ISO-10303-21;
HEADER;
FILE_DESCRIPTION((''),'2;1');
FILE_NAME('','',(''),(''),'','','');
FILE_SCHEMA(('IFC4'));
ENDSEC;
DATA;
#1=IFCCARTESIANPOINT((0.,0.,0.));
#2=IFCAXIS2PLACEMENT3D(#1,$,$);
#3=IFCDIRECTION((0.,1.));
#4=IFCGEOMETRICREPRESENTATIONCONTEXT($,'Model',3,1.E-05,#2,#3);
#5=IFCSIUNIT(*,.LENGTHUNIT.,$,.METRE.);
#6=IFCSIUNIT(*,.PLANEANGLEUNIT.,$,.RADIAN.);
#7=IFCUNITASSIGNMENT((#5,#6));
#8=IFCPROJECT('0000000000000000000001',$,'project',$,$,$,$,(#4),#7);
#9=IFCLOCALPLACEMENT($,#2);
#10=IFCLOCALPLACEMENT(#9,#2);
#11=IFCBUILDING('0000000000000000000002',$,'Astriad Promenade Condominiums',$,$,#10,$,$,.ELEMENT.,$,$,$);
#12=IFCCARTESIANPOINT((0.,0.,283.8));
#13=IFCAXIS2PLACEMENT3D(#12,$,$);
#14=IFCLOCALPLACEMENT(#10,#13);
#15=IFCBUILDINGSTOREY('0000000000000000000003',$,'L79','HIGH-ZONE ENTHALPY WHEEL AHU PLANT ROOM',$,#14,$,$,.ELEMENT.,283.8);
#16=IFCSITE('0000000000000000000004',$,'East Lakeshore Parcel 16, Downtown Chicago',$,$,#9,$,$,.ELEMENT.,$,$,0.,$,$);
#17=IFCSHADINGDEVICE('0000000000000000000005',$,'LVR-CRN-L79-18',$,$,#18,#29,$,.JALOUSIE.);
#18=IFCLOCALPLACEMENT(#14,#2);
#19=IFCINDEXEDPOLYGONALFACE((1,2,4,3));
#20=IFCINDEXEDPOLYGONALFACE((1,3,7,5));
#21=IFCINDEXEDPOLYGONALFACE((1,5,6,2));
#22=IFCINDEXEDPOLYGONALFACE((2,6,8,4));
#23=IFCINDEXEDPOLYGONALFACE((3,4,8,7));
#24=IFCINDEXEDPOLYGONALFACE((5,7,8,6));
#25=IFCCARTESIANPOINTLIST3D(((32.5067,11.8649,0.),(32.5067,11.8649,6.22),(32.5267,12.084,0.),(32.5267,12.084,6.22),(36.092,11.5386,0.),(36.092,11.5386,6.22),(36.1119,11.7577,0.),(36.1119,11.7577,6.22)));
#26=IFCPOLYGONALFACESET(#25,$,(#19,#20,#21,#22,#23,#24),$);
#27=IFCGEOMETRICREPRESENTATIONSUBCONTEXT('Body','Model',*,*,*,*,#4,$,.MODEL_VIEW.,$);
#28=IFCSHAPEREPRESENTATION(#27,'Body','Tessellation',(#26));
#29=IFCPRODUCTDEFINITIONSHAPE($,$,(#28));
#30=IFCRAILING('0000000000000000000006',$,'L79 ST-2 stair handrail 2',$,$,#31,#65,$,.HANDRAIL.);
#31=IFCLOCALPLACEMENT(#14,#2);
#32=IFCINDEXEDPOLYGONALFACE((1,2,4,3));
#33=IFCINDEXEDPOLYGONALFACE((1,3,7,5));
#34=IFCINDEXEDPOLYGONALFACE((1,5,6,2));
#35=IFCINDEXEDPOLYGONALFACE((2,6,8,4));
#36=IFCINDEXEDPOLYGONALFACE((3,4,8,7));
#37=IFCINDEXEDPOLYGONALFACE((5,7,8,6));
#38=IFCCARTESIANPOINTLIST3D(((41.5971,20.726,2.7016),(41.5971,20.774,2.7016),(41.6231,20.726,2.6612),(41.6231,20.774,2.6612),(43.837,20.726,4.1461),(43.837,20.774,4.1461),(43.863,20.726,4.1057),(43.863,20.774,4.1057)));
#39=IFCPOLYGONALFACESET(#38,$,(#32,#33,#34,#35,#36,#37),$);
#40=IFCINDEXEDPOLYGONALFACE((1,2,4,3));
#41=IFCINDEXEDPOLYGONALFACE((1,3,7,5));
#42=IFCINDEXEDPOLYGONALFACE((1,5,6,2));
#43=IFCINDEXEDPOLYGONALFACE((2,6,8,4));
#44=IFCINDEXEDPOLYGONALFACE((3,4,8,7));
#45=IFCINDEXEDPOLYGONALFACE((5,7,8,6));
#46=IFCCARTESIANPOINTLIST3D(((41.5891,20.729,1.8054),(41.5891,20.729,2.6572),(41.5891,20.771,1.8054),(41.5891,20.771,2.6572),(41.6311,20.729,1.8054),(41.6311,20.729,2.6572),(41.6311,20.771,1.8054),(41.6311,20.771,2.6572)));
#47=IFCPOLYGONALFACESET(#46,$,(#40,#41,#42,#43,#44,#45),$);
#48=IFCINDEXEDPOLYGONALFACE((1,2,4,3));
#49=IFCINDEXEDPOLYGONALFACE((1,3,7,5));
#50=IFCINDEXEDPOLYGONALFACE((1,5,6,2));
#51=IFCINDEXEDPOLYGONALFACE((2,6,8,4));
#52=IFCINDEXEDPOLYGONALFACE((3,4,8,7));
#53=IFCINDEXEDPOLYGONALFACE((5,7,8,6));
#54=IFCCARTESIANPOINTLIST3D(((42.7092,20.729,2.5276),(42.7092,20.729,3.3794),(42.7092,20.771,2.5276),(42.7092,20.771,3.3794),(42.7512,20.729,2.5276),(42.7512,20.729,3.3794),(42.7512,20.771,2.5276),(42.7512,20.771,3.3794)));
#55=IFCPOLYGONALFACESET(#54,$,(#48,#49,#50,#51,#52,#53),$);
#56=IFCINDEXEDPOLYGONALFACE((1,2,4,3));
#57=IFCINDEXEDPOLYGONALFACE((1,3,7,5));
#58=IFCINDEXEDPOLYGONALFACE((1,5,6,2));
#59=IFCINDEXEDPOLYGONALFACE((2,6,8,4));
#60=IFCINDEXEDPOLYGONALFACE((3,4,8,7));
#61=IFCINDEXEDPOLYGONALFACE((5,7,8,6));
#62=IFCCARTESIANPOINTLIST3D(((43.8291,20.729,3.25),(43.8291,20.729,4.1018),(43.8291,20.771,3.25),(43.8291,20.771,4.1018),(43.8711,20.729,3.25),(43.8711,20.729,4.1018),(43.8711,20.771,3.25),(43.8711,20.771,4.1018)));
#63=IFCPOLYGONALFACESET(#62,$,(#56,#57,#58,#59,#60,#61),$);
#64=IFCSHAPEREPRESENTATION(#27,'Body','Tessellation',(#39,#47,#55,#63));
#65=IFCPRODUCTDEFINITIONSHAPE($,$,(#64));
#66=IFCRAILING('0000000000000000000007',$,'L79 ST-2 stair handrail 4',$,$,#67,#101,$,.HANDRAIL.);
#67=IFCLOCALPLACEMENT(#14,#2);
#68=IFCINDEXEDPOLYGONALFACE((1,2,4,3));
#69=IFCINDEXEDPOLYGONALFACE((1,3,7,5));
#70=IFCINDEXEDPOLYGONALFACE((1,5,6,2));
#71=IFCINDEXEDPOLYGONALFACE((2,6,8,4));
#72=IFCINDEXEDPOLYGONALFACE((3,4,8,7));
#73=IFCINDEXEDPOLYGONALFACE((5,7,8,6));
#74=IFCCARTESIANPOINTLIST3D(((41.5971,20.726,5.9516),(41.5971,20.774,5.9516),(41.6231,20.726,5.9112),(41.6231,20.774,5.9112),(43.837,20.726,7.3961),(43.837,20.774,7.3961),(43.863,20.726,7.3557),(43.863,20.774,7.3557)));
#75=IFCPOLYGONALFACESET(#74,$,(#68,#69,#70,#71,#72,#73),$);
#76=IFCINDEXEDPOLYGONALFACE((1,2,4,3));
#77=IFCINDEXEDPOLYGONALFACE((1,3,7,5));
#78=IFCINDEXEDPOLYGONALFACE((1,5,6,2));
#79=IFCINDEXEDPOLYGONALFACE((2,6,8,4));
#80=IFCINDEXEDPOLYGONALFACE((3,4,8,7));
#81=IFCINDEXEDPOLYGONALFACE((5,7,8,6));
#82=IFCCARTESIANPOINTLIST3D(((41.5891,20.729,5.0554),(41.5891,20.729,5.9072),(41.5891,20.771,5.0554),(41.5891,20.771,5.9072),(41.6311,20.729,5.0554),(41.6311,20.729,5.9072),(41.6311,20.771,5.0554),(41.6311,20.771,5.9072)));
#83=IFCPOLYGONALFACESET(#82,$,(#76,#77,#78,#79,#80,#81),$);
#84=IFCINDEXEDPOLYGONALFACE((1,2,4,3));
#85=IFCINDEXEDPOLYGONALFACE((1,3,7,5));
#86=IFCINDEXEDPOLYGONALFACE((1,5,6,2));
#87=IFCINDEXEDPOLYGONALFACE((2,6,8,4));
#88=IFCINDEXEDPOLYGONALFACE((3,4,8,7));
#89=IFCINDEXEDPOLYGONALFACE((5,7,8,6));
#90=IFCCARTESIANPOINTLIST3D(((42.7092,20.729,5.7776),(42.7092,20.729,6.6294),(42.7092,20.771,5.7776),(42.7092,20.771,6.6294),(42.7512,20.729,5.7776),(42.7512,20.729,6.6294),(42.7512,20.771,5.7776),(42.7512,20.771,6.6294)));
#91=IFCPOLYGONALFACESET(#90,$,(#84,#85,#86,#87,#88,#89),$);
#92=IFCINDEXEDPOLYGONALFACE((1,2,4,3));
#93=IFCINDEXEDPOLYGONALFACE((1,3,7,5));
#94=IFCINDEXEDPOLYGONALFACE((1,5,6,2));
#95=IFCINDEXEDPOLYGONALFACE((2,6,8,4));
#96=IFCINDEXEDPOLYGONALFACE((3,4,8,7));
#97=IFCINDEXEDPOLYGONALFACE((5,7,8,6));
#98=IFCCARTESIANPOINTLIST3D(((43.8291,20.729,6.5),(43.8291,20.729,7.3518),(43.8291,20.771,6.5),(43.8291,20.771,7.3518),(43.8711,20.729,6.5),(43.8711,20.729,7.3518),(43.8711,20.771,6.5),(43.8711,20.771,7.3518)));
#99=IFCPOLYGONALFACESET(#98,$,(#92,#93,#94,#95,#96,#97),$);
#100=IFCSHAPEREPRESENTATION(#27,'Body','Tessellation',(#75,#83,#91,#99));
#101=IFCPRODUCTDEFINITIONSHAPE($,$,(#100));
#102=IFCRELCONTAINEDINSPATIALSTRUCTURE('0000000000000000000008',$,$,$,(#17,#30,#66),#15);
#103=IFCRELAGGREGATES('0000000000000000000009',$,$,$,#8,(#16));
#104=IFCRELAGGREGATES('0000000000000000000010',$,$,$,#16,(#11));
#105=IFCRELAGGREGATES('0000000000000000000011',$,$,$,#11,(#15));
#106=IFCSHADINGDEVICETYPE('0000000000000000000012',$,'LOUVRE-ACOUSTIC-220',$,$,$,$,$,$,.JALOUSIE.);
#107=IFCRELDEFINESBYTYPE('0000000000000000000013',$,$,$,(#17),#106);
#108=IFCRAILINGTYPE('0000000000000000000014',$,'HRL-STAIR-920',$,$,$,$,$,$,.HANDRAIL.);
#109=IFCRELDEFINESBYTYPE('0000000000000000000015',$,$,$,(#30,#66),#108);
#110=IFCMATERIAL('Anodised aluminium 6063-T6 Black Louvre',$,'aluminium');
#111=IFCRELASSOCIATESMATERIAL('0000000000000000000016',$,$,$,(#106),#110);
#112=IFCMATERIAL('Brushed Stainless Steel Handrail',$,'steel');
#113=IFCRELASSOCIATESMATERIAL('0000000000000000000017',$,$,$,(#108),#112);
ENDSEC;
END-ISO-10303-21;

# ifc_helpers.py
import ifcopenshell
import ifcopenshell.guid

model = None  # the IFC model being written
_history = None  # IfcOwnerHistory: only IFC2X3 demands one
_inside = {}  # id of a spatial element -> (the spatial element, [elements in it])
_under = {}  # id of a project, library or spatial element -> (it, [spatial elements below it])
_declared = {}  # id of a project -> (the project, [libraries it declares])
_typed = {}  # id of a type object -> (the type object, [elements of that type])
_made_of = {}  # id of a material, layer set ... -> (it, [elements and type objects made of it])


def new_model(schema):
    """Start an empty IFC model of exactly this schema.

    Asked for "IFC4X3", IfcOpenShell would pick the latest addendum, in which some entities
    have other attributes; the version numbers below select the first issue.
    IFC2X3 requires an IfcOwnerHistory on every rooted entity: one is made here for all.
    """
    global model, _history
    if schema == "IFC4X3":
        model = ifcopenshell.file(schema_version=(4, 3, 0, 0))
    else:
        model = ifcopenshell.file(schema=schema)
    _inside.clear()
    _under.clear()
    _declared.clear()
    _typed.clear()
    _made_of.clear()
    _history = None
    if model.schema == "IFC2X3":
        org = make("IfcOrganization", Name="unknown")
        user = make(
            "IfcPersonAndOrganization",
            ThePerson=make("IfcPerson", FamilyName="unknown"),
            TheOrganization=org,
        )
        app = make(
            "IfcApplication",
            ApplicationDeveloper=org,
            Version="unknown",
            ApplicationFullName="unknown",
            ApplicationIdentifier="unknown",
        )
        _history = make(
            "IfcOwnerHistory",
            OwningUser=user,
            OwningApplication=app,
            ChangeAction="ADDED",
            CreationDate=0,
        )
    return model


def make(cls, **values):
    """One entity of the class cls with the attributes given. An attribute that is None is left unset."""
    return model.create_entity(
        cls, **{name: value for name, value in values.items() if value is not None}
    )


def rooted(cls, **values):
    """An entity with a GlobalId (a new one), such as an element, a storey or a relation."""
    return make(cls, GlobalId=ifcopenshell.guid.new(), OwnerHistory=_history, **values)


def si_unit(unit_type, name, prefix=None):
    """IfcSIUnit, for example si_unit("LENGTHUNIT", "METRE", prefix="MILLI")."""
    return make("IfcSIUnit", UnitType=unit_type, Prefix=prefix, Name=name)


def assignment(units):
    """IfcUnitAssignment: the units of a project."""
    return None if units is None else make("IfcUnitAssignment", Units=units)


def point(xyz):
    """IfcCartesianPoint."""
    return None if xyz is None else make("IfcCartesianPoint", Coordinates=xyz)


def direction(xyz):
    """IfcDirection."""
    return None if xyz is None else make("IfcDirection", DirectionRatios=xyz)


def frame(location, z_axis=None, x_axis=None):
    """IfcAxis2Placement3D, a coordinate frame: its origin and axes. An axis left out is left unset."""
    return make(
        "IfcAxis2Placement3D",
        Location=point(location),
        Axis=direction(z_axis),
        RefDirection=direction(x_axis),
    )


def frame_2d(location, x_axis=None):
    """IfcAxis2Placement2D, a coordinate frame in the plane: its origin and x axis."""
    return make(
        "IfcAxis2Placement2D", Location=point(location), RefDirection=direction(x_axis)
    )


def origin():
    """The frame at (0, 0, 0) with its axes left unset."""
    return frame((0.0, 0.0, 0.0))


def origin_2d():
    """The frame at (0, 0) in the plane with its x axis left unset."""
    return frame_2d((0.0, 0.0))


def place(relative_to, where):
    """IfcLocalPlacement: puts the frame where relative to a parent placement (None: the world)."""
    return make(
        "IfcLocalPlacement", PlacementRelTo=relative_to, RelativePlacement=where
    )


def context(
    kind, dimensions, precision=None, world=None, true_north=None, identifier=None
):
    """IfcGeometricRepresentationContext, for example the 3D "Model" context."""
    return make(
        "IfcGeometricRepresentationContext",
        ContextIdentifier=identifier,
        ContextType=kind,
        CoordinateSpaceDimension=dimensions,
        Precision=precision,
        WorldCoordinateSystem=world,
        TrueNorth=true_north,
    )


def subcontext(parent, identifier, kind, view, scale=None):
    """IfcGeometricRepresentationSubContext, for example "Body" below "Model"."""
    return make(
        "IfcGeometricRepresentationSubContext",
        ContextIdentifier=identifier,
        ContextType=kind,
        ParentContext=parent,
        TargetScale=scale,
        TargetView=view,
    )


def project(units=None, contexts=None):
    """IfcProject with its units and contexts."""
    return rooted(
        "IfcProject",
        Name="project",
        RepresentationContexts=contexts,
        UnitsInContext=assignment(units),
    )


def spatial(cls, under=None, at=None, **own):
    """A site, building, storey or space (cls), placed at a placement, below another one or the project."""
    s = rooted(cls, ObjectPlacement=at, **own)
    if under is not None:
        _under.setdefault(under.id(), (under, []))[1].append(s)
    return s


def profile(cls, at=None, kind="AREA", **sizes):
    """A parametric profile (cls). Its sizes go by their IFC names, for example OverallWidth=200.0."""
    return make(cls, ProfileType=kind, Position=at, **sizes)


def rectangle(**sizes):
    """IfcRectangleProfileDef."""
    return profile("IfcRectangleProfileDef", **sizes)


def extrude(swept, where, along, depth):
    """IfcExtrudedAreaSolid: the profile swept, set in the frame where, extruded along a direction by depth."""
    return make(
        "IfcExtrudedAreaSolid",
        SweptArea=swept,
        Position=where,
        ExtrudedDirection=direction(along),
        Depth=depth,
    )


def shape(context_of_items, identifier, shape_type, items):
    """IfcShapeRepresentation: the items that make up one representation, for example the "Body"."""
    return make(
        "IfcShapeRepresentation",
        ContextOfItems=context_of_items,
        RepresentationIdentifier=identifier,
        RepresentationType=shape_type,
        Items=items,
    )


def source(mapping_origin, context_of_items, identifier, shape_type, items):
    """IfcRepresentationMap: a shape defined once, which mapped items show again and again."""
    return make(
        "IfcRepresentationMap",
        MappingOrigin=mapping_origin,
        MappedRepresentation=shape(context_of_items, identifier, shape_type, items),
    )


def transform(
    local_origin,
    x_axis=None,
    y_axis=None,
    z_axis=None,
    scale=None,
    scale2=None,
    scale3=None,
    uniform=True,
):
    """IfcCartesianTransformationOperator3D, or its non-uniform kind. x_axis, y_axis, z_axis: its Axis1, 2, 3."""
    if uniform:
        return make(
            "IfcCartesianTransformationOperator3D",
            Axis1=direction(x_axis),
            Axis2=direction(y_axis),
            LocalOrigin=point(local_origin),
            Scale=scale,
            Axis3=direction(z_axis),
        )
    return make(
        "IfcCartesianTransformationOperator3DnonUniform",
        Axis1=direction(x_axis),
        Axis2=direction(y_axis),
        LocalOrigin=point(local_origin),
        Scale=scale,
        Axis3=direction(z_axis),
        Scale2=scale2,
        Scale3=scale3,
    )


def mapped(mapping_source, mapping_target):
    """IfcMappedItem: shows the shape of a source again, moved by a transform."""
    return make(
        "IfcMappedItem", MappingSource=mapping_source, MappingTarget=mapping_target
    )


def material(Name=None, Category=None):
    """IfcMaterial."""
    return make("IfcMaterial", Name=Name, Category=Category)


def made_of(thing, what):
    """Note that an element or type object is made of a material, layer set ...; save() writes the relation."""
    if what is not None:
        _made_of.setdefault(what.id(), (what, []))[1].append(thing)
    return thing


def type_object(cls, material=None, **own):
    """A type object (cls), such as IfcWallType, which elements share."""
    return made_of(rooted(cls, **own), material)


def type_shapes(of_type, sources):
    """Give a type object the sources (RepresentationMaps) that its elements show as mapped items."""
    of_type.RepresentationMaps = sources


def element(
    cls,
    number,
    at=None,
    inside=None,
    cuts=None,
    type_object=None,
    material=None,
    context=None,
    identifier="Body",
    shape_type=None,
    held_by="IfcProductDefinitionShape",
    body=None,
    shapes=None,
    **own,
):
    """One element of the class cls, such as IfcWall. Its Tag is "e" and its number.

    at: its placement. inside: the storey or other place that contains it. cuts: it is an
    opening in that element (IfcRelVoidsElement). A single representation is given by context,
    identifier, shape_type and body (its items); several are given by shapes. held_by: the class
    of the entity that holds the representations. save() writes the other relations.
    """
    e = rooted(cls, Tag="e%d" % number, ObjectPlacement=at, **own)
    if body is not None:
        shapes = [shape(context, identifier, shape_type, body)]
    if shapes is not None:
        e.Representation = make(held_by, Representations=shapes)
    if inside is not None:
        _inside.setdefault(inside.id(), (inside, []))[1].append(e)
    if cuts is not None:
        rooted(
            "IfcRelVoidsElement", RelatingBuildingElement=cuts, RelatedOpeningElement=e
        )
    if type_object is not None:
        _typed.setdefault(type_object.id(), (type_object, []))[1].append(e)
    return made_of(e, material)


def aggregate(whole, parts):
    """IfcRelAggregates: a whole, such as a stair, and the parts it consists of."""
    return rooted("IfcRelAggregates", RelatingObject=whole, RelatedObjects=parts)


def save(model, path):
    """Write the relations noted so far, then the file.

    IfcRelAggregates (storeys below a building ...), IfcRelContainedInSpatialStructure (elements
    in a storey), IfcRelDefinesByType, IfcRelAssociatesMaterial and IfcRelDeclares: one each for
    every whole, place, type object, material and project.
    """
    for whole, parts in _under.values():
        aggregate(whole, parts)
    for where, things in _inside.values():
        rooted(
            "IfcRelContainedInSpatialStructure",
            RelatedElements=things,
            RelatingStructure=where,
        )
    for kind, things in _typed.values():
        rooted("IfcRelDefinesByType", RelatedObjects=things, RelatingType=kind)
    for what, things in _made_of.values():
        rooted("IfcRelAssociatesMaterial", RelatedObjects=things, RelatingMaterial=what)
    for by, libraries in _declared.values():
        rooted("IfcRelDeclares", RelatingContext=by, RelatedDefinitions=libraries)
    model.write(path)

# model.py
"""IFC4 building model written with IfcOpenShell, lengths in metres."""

from ifc_helpers import new_model, si_unit, direction, frame, origin, origin_2d, place, context, subcontext, project, spatial, rectangle, extrude, source, transform, mapped, material, type_object, type_shapes, element, save


model = new_model("IFC4")

# Units and contexts
model_context = context("Model", 3, precision=1e-05, world=origin(), true_north=direction((0.0, 1.0)))
body_context = subcontext(model_context, "Body", "Model", "MODEL_VIEW")
ifc_project = project(units=[si_unit("LENGTHUNIT", "METRE"), si_unit("PLANEANGLEUNIT", "RADIAN")], contexts=[model_context])

# Site, building, storey
site_placement = place(None, origin())
site = spatial("IfcSite", under=ifc_project, at=site_placement, Name="East Lakeshore Parcel 16, Downtown Chicago", CompositionType="ELEMENT", RefElevation=0.0)
building_placement = place(site_placement, origin())
building = spatial("IfcBuilding", under=site, at=building_placement, Name="Astriad Promenade Condominiums", CompositionType="ELEMENT")
storey_placement = place(building_placement, frame((0.0, 0.0, 283.8)))
storey = spatial("IfcBuildingStorey", under=building, at=storey_placement, Name="L79", Description="HIGH-ZONE ENTHALPY WHEEL AHU PLANT ROOM", CompositionType="ELEMENT", Elevation=283.8)

# Shading device
ifc_material_1 = material(Name="Anodised aluminium 6063-T6 Black Louvre", Category="aluminium")
shading_device_type_1 = type_object("IfcShadingDeviceType", Name="LOUVRE-ACOUSTIC-220", PredefinedType="JALOUSIE", material=ifc_material_1)
shared_shape_1 = source(origin(), body_context, "Body", "SweptSolid", [
    extrude(rectangle(XDim=3.6001, YDim=0.22, at=origin_2d()), origin(), (0.0, 0.0, 1.0), 6.22),
])
type_shapes(shading_device_type_1, [shared_shape_1])
shading_device_placement = place(storey_placement, frame((34.3093, 11.8113, 0.0), z_axis=(0.0, 0.0, 1.0), x_axis=(-0.995884, 0.090633, 0.0)))
element("IfcShadingDevice", 1, at=shading_device_placement, inside=storey, type_object=shading_device_type_1, Name="LVR-CRN-L79-18", PredefinedType="JALOUSIE", context=body_context, shape_type="MappedRepresentation", body=[
    mapped(shared_shape_1, transform((0.0, 0.0, 0.0), scale=1.0)),
])

# Railings
ifc_material_2 = material(Name="Brushed Stainless Steel Handrail", Category="steel")
railing_type = type_object("IfcRailingType", Name="HRL-STAIR-920", PredefinedType="HANDRAIL", material=ifc_material_2)
shared_shape_2 = source(origin(), body_context, "Body", "SweptSolid", [
    extrude(rectangle(XDim=0.0481, YDim=0.0481, at=origin_2d()), frame((0.0, 0.0, 0.876), z_axis=(0.840395, 0.0, 0.541975), x_axis=(0.0, 1.0, 0.0)), (0.0, 0.0, 1.0), 2.6653),
    extrude(rectangle(XDim=0.042, YDim=0.042, at=origin_2d()), origin(), (0.0, 0.0, 1.0), 0.8518),
    extrude(rectangle(XDim=0.042, YDim=0.042, at=origin_2d()), frame((1.1201, 0.0, 0.7222)), (0.0, 0.0, 1.0), 0.8518),
    extrude(rectangle(XDim=0.042, YDim=0.042, at=origin_2d()), frame((2.24, 0.0, 1.4446)), (0.0, 0.0, 1.0), 0.8518),
])
type_shapes(railing_type, [shared_shape_2])
for number, where, name in (
    (2, (41.6101, 20.75, 1.8054), "L79 ST-2 stair handrail 2"),
    (3, (41.6101, 20.75, 5.0554), "L79 ST-2 stair handrail 4"),
):
    element("IfcRailing", number, at=place(storey_placement, frame(where)), inside=storey, type_object=railing_type, Name=name, PredefinedType="HANDRAIL", context=body_context, shape_type="MappedRepresentation", body=[
        mapped(shared_shape_2, transform((0.0, 0.0, 0.0), scale=1.0)),
    ])

save(model, "model.ifc")
